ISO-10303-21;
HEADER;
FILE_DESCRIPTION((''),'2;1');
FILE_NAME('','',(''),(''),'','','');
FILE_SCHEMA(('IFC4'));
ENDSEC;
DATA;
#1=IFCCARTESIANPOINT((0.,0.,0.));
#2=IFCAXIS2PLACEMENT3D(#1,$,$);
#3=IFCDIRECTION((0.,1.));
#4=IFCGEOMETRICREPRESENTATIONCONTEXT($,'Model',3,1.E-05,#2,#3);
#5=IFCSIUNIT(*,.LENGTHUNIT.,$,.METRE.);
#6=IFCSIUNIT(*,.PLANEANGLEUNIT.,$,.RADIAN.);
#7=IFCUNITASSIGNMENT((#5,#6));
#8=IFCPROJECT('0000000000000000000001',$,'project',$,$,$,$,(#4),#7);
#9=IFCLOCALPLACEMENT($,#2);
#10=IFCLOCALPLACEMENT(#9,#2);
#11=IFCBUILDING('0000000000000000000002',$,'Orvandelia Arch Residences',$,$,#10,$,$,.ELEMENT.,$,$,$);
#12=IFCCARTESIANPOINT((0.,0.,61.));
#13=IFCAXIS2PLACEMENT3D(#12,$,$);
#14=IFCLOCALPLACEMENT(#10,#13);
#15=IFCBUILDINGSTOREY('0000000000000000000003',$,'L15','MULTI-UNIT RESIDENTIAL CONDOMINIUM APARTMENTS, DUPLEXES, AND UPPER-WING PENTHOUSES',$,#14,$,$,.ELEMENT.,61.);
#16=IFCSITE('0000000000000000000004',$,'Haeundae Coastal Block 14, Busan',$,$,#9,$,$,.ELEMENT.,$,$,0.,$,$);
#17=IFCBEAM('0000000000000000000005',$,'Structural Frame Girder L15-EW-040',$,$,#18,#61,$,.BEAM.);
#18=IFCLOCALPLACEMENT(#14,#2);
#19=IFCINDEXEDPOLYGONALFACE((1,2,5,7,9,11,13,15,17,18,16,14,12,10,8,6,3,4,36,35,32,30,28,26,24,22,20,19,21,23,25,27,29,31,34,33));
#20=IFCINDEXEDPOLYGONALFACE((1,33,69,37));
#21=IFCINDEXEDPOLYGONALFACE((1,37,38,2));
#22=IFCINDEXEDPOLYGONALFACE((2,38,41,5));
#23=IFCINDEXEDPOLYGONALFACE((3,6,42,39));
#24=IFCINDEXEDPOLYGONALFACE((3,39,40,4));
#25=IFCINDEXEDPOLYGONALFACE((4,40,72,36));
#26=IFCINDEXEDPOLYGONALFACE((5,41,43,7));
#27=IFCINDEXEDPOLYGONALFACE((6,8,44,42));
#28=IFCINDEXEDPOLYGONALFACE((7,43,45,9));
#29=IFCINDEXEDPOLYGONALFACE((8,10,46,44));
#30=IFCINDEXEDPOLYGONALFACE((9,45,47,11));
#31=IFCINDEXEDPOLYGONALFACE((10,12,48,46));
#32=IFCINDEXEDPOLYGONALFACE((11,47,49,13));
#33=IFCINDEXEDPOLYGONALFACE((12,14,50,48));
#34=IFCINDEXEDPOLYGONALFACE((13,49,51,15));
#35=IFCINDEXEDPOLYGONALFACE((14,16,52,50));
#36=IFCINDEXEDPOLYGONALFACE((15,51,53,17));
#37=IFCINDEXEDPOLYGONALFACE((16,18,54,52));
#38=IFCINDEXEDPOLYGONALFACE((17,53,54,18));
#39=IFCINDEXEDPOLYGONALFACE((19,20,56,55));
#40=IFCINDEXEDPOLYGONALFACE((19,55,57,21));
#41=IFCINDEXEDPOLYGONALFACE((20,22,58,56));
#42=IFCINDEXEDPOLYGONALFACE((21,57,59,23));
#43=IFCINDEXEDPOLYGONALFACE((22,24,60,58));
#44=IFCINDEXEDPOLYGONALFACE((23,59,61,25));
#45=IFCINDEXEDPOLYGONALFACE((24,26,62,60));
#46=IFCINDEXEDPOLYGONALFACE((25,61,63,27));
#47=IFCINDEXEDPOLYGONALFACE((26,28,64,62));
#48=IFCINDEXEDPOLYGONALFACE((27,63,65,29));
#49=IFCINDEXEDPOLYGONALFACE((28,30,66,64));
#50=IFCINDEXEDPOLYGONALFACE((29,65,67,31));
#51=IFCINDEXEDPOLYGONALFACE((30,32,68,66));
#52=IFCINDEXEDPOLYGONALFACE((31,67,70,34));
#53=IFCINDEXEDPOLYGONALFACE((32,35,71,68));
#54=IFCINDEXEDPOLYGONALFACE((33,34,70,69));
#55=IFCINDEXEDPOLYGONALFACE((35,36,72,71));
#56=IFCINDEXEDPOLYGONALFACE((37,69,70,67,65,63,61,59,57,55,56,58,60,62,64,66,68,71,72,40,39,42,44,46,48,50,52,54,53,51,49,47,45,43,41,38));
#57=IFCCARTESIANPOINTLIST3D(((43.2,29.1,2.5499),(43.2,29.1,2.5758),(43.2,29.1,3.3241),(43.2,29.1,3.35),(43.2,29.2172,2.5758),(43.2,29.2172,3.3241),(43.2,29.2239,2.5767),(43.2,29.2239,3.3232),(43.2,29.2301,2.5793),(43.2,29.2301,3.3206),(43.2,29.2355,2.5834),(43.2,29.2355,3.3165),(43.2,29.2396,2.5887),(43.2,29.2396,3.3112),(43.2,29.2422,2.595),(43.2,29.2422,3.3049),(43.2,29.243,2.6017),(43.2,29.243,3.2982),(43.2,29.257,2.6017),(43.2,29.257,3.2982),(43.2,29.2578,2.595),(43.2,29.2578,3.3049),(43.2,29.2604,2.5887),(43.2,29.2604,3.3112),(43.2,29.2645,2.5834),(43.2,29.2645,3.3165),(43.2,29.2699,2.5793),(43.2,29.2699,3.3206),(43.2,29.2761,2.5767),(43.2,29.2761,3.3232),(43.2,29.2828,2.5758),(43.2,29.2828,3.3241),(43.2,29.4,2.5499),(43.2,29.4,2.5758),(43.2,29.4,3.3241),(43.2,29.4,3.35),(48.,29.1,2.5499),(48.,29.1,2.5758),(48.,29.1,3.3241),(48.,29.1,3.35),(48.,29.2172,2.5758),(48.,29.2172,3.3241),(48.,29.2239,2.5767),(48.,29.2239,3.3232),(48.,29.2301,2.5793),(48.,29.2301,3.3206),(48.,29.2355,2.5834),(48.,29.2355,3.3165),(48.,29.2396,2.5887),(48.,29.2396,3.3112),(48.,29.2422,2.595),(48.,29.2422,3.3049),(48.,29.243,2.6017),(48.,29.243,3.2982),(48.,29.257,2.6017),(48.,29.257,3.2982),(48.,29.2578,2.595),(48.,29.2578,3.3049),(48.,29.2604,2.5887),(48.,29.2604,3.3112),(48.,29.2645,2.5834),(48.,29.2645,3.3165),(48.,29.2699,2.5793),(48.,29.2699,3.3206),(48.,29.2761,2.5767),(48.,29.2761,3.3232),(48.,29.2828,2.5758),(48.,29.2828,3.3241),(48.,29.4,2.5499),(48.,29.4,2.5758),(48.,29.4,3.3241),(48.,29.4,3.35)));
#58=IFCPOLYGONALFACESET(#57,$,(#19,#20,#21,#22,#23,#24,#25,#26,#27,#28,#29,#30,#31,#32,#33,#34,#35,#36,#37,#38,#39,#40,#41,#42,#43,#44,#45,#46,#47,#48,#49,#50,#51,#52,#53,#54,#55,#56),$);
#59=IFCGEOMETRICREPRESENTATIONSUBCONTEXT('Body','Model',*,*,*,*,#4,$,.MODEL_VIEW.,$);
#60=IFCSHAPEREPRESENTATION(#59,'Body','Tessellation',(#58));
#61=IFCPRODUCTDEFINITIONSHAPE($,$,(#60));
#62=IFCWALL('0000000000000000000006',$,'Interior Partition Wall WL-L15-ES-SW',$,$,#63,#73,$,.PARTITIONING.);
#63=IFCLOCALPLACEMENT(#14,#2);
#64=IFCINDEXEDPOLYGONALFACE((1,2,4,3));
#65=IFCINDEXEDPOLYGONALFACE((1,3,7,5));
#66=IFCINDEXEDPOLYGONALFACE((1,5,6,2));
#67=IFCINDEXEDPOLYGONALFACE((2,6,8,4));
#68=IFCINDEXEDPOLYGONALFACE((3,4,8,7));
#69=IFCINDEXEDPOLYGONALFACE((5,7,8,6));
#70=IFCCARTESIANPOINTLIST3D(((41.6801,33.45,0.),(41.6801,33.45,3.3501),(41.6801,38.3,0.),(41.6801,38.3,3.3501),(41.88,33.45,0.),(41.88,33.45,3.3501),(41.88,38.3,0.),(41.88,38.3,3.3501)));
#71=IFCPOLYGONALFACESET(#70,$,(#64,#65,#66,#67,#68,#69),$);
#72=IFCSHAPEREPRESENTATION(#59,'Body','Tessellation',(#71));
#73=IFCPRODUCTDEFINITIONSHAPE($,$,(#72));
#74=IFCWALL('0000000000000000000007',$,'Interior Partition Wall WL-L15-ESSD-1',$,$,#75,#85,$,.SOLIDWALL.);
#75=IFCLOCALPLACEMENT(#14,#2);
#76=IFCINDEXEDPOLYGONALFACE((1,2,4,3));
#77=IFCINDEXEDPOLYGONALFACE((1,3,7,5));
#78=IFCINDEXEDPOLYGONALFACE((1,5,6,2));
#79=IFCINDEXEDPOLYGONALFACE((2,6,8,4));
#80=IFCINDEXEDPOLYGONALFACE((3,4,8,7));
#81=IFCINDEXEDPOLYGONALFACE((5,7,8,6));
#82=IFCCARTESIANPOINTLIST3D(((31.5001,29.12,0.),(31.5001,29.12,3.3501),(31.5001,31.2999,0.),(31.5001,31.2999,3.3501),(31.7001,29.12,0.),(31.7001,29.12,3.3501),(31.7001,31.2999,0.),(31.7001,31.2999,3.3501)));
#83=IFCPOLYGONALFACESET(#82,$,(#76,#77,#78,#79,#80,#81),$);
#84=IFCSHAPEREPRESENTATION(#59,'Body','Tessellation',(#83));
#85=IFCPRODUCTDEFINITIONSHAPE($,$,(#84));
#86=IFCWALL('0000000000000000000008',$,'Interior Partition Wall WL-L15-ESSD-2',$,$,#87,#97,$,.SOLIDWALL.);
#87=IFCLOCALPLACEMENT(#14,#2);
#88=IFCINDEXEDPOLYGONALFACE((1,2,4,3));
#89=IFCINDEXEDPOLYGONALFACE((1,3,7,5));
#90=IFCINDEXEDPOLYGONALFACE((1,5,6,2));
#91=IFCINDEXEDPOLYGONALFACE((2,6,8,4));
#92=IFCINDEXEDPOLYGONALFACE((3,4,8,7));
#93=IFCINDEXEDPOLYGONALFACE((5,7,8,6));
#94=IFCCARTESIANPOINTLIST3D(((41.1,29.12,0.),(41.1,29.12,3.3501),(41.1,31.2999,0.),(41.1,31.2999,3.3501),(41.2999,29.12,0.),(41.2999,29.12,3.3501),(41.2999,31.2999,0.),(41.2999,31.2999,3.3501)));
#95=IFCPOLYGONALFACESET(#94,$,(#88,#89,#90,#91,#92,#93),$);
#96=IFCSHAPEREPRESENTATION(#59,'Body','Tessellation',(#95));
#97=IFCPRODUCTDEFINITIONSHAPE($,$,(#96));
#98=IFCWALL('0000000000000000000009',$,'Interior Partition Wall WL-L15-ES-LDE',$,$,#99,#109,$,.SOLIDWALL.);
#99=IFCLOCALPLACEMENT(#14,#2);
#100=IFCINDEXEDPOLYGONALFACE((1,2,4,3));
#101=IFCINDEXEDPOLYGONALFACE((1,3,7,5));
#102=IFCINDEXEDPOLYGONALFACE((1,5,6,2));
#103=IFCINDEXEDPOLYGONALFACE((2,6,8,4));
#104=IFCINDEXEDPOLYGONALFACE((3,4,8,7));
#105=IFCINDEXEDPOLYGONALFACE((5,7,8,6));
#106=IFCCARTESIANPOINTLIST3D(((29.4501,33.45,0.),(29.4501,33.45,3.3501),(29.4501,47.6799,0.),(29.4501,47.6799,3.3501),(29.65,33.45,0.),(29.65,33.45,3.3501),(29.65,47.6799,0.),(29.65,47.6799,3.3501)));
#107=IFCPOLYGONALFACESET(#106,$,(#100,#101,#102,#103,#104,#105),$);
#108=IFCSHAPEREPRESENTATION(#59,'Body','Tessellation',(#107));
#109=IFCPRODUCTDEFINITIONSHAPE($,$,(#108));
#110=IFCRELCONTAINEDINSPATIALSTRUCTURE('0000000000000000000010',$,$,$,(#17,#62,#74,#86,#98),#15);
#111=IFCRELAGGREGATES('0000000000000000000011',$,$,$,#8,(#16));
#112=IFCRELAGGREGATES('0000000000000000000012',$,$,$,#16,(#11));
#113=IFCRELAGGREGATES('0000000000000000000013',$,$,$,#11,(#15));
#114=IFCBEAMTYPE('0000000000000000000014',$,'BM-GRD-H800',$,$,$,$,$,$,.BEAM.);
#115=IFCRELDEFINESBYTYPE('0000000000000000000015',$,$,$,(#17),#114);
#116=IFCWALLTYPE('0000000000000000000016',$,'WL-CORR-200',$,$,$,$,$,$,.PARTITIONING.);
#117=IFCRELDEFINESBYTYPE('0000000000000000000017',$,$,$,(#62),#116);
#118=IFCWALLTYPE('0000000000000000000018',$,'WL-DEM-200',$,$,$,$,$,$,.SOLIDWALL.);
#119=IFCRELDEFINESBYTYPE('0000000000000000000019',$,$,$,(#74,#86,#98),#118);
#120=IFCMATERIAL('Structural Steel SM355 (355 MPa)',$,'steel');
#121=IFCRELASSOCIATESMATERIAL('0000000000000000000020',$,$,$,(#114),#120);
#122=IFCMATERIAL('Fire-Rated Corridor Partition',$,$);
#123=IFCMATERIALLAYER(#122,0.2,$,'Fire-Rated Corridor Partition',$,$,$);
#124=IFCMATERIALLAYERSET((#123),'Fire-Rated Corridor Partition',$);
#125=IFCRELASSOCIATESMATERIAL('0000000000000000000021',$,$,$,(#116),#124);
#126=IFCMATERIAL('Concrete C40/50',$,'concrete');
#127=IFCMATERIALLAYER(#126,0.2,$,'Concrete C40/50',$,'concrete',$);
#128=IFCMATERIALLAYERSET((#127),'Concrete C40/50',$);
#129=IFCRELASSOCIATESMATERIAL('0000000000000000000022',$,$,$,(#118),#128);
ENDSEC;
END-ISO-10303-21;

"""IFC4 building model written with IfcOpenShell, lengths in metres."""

from ifc_helpers import new_model, si_unit, direction, frame, frame_2d, origin, origin_2d, place, context, subcontext, project, spatial, rectangle, i_section, extrude, material, layer, layer_set, material_profile, profile_set, type_object, element, save


model = new_model("IFC4")

# Units and contexts
model_context = context("Model", 3, precision=1e-05, world=origin(), true_north=direction((0.0, 1.0)))
body_context = subcontext(model_context, "Body", "Model", "MODEL_VIEW")
ifc_project = project(units=[si_unit("LENGTHUNIT", "METRE"), si_unit("PLANEANGLEUNIT", "RADIAN")], contexts=[model_context])

# Site, building, storey
site_placement = place(None, origin())
site = spatial("IfcSite", under=ifc_project, at=site_placement, Name="Haeundae Coastal Block 14, Busan", CompositionType="ELEMENT", RefElevation=0.0)
building_placement = place(site_placement, origin())
building = spatial("IfcBuilding", under=site, at=building_placement, Name="Orvandelia Arch Residences", CompositionType="ELEMENT")
storey_placement = place(building_placement, frame((0.0, 0.0, 61.0)))
storey = spatial("IfcBuildingStorey", under=building, at=storey_placement, Name="L15", Description="MULTI-UNIT RESIDENTIAL CONDOMINIUM APARTMENTS, DUPLEXES, AND UPPER-WING PENTHOUSES", CompositionType="ELEMENT", Elevation=61.0)

# Beam
ifc_material_1 = material(Name="Structural Steel SM355 (355 MPa)", Category="steel")
ifc_material_profile_1 = material_profile(ifc_material_1, i_section(OverallWidth=0.3, OverallDepth=0.8, WebThickness=0.0139, FlangeThickness=0.0259, FilletRadius=0.0259, at=origin_2d()), Name="Structural Steel SM355 (355 MPa)", Category="steel")
ifc_profile_set_1 = profile_set([ifc_material_profile_1], Name="Structural Steel SM355 (355 MPa)")
beam_type = type_object("IfcBeamType", Name="BM-GRD-H800", PredefinedType="BEAM", material=ifc_profile_set_1)
for number, where, z_axis, x_axis, name in (
    (1, (43.2, 29.25, 2.95), (1.0, 0.0, 0.0), (0.0, 1.0, 0.0), "Structural Frame Girder L15-EW-040"),
):
    element("IfcBeam", number, at=place(storey_placement, frame(where, z_axis=z_axis, x_axis=x_axis)), inside=storey, type_object=beam_type, Name=name, PredefinedType="BEAM", context=body_context, shape_type="SweptSolid", body=[
        extrude(i_section(OverallWidth=0.3, OverallDepth=0.8, WebThickness=0.0139, FlangeThickness=0.0259, FilletRadius=0.0259, at=origin_2d()), origin(), (0.0, 0.0, 1.0), 4.8),
    ])

# Walls
ifc_material_2 = material(Name="Fire-Rated Corridor Partition")
ifc_layer_1 = layer(ifc_material_2, 0.2, Name="Fire-Rated Corridor Partition")
ifc_layer_set_1 = layer_set([ifc_layer_1], Name="Fire-Rated Corridor Partition")
wall_type_1 = type_object("IfcWallType", Name="WL-CORR-200", PredefinedType="PARTITIONING", material=ifc_layer_set_1)
wall_1_placement = place(storey_placement, frame((41.78, 33.45, 0.0), z_axis=(0.0, 0.0, 1.0), x_axis=(0.0, 1.0, 0.0)))
element("IfcWall", 2, at=wall_1_placement, inside=storey, type_object=wall_type_1, Name="Interior Partition Wall WL-L15-ES-SW", PredefinedType="PARTITIONING", context=body_context, shape_type="SweptSolid", body=[
    extrude(rectangle(XDim=4.8501, YDim=0.2, at=frame_2d((2.425, 0.0))), origin(), (0.0, 0.0, 1.0), 3.3501),
])
ifc_material_3 = material(Name="Concrete C40/50", Category="concrete")
ifc_layer_2 = layer(ifc_material_3, 0.2, Name="Concrete C40/50", Category="concrete")
ifc_layer_set_2 = layer_set([ifc_layer_2], Name="Concrete C40/50")
wall_type_2 = type_object("IfcWallType", Name="WL-DEM-200", PredefinedType="SOLIDWALL", material=ifc_layer_set_2)
for number, where, z_axis, x_axis, name in (
    (3, (31.6001, 29.1201, 0.0), (0.0, 0.0, 1.0), (0.0, 1.0, 0.0), "Interior Partition Wall WL-L15-ESSD-1"),
    (4, (41.2, 29.1201, 0.0), (0.0, 0.0, 1.0), (0.0, 1.0, 0.0), "Interior Partition Wall WL-L15-ESSD-2"),
):
    element("IfcWall", number, at=place(storey_placement, frame(where, z_axis=z_axis, x_axis=x_axis)), inside=storey, type_object=wall_type_2, Name=name, PredefinedType="SOLIDWALL", context=body_context, shape_type="SweptSolid", body=[
        extrude(rectangle(XDim=2.1799, YDim=0.2, at=frame_2d((1.0898, 0.0))), origin(), (0.0, 0.0, 1.0), 3.3501),
    ])
wall_2_placement = place(storey_placement, frame((29.55, 33.45, 0.0), z_axis=(0.0, 0.0, 1.0), x_axis=(0.0, 1.0, 0.0)))
element("IfcWall", 5, at=wall_2_placement, inside=storey, type_object=wall_type_2, Name="Interior Partition Wall WL-L15-ES-LDE", PredefinedType="SOLIDWALL", context=body_context, shape_type="SweptSolid", body=[
    extrude(rectangle(XDim=14.23, YDim=0.2, at=frame_2d((7.115, 0.0))), origin(), (0.0, 0.0, 1.0), 3.3501),
])

save(model, "model.ifc")
